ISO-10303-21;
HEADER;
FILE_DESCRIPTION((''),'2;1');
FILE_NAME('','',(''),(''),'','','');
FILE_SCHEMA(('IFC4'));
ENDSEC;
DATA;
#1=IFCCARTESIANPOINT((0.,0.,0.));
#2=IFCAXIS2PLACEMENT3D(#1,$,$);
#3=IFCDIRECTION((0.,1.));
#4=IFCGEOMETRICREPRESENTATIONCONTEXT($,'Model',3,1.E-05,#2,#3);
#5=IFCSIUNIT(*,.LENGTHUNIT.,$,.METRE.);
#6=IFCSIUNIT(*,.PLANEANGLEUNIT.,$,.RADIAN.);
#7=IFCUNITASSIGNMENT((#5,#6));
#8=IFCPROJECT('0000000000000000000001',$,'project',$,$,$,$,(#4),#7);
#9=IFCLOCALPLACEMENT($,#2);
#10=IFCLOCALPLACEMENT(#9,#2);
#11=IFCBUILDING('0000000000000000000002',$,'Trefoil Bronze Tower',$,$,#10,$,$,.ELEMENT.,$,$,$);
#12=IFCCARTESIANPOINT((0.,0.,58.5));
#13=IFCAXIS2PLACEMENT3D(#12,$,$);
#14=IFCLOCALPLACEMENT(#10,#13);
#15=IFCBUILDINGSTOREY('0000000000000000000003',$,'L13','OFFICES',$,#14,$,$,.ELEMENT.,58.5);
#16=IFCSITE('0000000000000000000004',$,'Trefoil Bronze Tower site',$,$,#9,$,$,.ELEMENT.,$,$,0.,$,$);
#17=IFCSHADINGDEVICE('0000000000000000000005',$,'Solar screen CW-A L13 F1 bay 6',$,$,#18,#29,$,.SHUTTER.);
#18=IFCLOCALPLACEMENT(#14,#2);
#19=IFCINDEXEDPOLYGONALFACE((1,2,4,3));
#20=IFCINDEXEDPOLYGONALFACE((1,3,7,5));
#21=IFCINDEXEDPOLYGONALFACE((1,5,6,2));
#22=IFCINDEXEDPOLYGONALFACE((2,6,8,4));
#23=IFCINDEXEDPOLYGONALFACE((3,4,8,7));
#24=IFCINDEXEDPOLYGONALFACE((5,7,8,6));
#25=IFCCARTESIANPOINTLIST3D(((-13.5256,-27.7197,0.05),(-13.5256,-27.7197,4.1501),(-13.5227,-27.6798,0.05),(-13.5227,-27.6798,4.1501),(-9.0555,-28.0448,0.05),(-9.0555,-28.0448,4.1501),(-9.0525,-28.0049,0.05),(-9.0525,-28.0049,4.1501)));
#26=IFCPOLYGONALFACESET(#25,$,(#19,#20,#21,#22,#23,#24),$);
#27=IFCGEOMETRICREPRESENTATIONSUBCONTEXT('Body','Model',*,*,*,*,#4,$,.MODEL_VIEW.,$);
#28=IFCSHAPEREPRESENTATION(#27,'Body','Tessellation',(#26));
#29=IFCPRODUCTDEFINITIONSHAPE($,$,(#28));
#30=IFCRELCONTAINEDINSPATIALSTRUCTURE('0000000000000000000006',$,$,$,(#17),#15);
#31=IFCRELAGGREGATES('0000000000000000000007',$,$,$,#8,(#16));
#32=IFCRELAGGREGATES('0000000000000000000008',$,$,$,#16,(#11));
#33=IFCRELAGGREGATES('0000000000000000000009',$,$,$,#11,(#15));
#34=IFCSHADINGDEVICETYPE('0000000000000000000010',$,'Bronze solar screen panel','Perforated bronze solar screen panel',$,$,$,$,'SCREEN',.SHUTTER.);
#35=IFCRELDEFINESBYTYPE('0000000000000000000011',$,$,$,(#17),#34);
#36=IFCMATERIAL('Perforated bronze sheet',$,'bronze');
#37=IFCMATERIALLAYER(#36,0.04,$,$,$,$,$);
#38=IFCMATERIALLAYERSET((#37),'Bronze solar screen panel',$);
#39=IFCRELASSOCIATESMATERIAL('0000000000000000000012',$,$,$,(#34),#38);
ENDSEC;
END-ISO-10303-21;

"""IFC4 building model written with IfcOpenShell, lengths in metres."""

from ifc_helpers import new_model, si_unit, direction, frame, origin, origin_2d, place, context, subcontext, project, spatial, rectangle, extrude, material, layer, layer_set, type_object, element, save


model = new_model("IFC4")

# Units and contexts
model_context = context("Model", 3, precision=1e-05, world=origin(), true_north=direction((0.0, 1.0)))
body_context = subcontext(model_context, "Body", "Model", "MODEL_VIEW")
ifc_project = project(units=[si_unit("LENGTHUNIT", "METRE"), si_unit("PLANEANGLEUNIT", "RADIAN")], contexts=[model_context])

# Site, building, storey
site_placement = place(None, origin())
site = spatial("IfcSite", under=ifc_project, at=site_placement, Name="Trefoil Bronze Tower site", CompositionType="ELEMENT", RefElevation=0.0)
building_placement = place(site_placement, origin())
building = spatial("IfcBuilding", under=site, at=building_placement, Name="Trefoil Bronze Tower", CompositionType="ELEMENT")
storey_placement = place(building_placement, frame((0.0, 0.0, 58.5)))
storey = spatial("IfcBuildingStorey", under=building, at=storey_placement, Name="L13", Description="OFFICES", CompositionType="ELEMENT", Elevation=58.5)

# Shading device
ifc_material_1 = material(Name="Perforated bronze sheet", Category="bronze")
ifc_layer_1 = layer(ifc_material_1, 0.04)
ifc_layer_set_1 = layer_set([ifc_layer_1], Name="Bronze solar screen panel")
shading_device_type = type_object("IfcShadingDeviceType", Name="Bronze solar screen panel", Description="Perforated bronze solar screen panel", ElementType="SCREEN", PredefinedType="SHUTTER", material=ifc_layer_set_1)
shading_device_1_placement = place(storey_placement, frame((-11.2891, -27.8623, 0.05), z_axis=(0.0, 0.0, 1.0), x_axis=(0.997365, -0.072547, 0.0)))
element("IfcShadingDevice", 1, at=shading_device_1_placement, inside=storey, type_object=shading_device_type, Name="Solar screen CW-A L13 F1 bay 6", PredefinedType="SHUTTER", context=body_context, shape_type="SweptSolid", body=[
    extrude(rectangle(XDim=4.4819, YDim=0.04, at=origin_2d()), origin(), (0.0, 0.0, 1.0), 4.1001),
])

save(model, "model.ifc")
